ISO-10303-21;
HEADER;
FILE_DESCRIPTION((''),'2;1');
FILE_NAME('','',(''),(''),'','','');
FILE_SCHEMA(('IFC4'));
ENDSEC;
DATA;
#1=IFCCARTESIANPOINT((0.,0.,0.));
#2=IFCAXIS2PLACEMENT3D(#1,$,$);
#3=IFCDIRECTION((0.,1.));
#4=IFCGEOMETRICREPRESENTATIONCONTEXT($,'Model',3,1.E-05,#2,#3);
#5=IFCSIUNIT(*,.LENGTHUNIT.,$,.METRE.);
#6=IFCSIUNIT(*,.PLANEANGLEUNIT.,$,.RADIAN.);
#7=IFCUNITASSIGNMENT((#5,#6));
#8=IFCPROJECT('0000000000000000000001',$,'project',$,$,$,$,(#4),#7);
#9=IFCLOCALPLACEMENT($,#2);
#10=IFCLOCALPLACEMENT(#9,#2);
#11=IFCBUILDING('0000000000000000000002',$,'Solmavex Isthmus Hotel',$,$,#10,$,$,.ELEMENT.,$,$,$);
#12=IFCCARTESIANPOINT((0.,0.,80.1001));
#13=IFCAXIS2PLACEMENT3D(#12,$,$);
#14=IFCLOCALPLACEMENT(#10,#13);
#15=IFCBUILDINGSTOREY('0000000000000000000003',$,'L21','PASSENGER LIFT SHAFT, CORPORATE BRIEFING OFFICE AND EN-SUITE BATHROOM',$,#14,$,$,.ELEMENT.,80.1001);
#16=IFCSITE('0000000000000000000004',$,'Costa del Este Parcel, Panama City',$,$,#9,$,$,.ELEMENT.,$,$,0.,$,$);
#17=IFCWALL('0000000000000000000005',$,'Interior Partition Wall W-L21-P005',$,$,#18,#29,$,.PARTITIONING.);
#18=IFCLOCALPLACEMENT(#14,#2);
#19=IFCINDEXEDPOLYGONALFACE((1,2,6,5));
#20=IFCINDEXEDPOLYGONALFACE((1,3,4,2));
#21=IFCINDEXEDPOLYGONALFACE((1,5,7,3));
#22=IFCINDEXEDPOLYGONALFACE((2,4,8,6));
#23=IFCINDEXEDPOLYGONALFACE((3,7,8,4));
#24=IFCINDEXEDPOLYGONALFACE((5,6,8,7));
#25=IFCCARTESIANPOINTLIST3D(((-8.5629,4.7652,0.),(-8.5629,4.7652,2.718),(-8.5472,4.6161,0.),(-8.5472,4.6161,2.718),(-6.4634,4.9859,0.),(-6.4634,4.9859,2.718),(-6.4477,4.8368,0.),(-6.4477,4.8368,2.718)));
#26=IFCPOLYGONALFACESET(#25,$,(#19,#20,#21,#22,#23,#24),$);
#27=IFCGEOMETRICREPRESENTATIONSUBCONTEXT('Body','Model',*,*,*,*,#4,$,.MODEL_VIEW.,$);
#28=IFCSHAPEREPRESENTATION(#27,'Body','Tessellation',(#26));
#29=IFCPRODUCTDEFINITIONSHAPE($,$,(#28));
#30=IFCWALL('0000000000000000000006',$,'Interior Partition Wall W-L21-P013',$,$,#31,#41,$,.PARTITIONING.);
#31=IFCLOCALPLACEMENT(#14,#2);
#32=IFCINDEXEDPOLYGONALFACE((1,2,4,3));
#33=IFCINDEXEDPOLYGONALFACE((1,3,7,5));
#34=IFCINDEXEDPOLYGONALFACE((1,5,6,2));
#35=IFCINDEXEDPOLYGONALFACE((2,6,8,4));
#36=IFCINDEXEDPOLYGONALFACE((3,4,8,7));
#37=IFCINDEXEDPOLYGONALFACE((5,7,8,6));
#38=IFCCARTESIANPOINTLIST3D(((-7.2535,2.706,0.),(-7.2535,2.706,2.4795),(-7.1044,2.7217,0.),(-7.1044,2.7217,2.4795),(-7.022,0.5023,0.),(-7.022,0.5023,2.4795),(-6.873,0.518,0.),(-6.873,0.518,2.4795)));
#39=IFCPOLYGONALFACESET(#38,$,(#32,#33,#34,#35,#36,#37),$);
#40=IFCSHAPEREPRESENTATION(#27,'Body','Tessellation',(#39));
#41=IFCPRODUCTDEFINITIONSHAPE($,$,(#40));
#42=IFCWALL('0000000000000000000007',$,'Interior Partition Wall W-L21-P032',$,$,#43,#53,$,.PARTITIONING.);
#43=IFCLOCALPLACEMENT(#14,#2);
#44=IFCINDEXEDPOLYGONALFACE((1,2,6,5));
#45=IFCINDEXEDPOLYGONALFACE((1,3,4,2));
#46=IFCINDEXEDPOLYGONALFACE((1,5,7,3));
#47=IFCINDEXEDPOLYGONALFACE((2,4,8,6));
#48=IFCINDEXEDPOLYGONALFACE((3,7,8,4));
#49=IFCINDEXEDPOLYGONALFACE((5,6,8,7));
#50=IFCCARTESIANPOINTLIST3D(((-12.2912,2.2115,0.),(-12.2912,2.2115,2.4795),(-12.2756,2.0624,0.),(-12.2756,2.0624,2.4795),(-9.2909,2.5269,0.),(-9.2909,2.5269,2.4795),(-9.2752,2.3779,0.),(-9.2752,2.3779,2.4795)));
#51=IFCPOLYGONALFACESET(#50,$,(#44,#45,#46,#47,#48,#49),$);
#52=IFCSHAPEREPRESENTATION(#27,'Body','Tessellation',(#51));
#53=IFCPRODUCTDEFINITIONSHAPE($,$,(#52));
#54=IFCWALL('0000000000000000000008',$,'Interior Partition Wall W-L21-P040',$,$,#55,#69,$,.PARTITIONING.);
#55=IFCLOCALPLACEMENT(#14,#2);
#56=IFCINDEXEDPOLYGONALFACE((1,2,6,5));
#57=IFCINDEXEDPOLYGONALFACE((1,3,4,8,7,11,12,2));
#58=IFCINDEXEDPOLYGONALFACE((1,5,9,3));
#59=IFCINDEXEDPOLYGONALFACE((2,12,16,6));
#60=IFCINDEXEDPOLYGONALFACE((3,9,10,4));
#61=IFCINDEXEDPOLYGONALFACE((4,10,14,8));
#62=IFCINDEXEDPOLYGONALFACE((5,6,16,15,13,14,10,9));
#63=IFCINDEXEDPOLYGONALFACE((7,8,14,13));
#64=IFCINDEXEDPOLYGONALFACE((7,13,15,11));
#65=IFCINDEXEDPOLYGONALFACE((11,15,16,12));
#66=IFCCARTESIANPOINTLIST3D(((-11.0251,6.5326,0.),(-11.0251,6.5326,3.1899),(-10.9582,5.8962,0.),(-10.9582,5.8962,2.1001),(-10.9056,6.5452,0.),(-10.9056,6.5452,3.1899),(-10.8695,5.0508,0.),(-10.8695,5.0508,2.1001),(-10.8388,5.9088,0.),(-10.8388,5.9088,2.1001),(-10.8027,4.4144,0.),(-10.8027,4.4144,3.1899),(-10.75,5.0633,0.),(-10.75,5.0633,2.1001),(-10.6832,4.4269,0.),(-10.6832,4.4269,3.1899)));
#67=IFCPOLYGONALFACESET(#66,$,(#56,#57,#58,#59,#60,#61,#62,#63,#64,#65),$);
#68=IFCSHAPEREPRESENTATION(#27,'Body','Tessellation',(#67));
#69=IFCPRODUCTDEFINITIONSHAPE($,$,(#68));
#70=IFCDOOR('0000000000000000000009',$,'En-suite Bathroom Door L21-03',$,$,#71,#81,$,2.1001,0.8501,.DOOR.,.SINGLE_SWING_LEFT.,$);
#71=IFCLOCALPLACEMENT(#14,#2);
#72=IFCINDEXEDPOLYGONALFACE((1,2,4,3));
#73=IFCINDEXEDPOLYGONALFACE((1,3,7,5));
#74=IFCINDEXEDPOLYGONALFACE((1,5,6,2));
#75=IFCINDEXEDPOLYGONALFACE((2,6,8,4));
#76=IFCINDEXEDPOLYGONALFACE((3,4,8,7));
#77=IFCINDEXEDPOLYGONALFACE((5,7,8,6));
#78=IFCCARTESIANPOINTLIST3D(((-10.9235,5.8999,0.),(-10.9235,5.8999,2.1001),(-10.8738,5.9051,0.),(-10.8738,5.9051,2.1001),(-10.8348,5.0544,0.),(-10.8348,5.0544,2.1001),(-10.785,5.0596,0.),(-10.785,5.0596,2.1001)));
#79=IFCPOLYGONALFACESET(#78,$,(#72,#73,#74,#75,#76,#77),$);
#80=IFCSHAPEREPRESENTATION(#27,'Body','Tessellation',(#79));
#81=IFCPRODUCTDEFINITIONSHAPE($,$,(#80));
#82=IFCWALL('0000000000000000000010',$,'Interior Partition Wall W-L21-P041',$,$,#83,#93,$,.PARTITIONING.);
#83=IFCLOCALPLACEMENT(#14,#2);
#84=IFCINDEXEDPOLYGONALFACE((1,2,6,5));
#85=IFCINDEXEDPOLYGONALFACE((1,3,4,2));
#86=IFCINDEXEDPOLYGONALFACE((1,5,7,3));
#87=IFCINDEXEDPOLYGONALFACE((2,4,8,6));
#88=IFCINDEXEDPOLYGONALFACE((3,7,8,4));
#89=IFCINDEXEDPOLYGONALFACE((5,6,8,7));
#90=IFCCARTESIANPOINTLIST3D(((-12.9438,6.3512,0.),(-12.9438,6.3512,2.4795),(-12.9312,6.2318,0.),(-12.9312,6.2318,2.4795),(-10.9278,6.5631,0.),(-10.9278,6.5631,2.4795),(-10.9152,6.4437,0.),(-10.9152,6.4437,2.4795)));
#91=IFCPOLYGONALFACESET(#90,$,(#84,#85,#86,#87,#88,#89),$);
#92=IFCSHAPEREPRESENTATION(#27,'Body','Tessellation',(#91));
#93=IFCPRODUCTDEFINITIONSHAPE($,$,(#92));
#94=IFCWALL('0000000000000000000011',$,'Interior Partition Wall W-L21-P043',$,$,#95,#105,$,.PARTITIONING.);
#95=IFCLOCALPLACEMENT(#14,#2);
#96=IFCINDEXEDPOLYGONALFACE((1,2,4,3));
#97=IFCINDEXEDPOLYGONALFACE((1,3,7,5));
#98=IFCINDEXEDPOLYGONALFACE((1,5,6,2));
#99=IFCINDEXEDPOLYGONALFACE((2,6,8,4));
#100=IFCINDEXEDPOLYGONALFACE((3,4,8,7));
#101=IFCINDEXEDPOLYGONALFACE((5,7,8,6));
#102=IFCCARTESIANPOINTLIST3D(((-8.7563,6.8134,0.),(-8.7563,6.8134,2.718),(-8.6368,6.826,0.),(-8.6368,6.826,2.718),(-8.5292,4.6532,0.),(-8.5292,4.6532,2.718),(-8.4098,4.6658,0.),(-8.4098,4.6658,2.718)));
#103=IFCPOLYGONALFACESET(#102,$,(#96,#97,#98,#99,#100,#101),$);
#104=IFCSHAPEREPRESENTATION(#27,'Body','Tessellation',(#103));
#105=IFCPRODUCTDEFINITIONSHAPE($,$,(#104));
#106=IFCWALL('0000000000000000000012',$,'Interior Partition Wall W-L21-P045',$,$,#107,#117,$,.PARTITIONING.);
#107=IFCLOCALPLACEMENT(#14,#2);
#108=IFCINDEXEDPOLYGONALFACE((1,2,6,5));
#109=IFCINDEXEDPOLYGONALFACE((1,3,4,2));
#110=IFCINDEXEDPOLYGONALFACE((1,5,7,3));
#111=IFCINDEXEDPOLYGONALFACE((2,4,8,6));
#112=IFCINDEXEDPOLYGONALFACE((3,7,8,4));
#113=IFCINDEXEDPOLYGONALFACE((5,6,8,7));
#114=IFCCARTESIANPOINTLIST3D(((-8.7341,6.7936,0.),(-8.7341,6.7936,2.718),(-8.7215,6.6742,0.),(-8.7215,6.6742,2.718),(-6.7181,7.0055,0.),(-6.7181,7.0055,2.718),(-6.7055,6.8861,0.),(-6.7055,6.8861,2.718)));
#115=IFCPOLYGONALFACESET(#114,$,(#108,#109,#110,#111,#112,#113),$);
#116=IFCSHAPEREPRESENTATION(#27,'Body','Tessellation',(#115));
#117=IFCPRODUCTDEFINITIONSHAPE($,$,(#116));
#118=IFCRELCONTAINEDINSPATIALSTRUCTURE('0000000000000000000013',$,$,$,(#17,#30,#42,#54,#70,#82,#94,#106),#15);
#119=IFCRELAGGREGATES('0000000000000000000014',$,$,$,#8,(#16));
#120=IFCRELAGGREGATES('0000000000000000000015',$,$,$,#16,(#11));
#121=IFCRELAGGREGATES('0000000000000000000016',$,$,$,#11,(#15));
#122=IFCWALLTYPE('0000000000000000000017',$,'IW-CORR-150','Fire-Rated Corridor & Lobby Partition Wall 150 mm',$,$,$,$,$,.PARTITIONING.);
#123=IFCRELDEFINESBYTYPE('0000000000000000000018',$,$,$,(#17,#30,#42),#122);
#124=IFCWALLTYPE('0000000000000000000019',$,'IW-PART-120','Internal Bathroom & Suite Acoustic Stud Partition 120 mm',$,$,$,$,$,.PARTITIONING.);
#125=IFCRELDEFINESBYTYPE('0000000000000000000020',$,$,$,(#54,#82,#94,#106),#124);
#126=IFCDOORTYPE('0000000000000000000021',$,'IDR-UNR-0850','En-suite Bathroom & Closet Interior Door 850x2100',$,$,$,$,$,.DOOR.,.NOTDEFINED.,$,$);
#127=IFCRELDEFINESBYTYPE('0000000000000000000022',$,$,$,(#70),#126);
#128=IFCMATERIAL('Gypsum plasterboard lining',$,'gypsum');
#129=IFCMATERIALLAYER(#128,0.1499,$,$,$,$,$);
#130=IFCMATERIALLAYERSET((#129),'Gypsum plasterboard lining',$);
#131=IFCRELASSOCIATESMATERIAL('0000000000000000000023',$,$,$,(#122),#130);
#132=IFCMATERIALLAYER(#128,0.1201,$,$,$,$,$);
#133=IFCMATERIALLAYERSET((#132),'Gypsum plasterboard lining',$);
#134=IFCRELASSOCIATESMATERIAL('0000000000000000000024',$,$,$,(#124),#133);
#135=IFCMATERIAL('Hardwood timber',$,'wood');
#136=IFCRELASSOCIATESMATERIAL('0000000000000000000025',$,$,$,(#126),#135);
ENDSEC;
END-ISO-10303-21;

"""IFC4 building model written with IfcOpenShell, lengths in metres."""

from ifc_helpers import new_model, si_unit, direction, frame, frame_2d, origin, place, context, subcontext, project, spatial, rectangle, extrude, material, layer, layer_set, type_object, element, fill, save


model = new_model("IFC4")

# Units and contexts
model_context = context("Model", 3, precision=1e-05, world=origin(), true_north=direction((0.0, 1.0)))
body_context = subcontext(model_context, "Body", "Model", "MODEL_VIEW")
ifc_project = project(units=[si_unit("LENGTHUNIT", "METRE"), si_unit("PLANEANGLEUNIT", "RADIAN")], contexts=[model_context])

# Site, building, storey
site_placement = place(None, origin())
site = spatial("IfcSite", under=ifc_project, at=site_placement, Name="Costa del Este Parcel, Panama City", CompositionType="ELEMENT", RefElevation=0.0)
building_placement = place(site_placement, origin())
building = spatial("IfcBuilding", under=site, at=building_placement, Name="Solmavex Isthmus Hotel", CompositionType="ELEMENT")
storey_placement = place(building_placement, frame((0.0, 0.0, 80.1001)))
storey = spatial("IfcBuildingStorey", under=building, at=storey_placement, Name="L21", Description="PASSENGER LIFT SHAFT, CORPORATE BRIEFING OFFICE AND EN-SUITE BATHROOM", CompositionType="ELEMENT", Elevation=80.1001)

# Shared definitions
ifc_material_1 = material(Name="Gypsum plasterboard lining", Category="gypsum")
ifc_layer_1 = layer(ifc_material_1, 0.1499)
ifc_layer_set_1 = layer_set([ifc_layer_1], Name="Gypsum plasterboard lining")
wall_type_1 = type_object("IfcWallType", Name="IW-CORR-150", Description="Fire-Rated Corridor & Lobby Partition Wall 150 mm", PredefinedType="PARTITIONING", material=ifc_layer_set_1)
ifc_material_2 = material(Name="Hardwood timber", Category="wood")

# Walls
wall_1_placement = place(storey_placement, frame((-8.5552, 4.6907, 0.0), z_axis=(0.0, 0.0, 1.0), x_axis=(0.994521, 0.10454, 0.0)))
element("IfcWall", 1, at=wall_1_placement, inside=storey, type_object=wall_type_1, Name="Interior Partition Wall W-L21-P005", PredefinedType="PARTITIONING", context=body_context, shape_type="SweptSolid", body=[
    extrude(rectangle(XDim=2.1111, YDim=0.1499, at=frame_2d((1.0557, 0.0))), origin(), (0.0, 0.0, 1.0), 2.718),
])
wall_2_placement = place(storey_placement, frame((-7.179, 2.7139, 0.0), z_axis=(0.0, 0.0, 1.0), x_axis=(0.104455, -0.99453, 0.0)))
element("IfcWall", 2, at=wall_2_placement, inside=storey, type_object=wall_type_1, Name="Interior Partition Wall W-L21-P013", PredefinedType="PARTITIONING", context=body_context, shape_type="SweptSolid", body=[
    extrude(rectangle(XDim=2.2158, YDim=0.1499, at=frame_2d((1.1079, 0.0))), origin(), (0.0, 0.0, 1.0), 2.4795),
])
wall_3_placement = place(storey_placement, frame((-9.2832, 2.4524, 0.0), z_axis=(0.0, 0.0, 1.0), x_axis=(-0.994519, -0.104558, 0.0)))
element("IfcWall", 3, at=wall_3_placement, inside=storey, type_object=wall_type_1, Name="Interior Partition Wall W-L21-P032", PredefinedType="PARTITIONING", context=body_context, shape_type="SweptSolid", body=[
    extrude(rectangle(XDim=3.0168, YDim=0.1499, at=frame_2d((1.5083, 0.0))), origin(), (0.0, 0.0, 1.0), 2.4795),
])

# Wall, opening, door
ifc_layer_2 = layer(ifc_material_1, 0.1201)
ifc_layer_set_2 = layer_set([ifc_layer_2], Name="Gypsum plasterboard lining")
wall_type_2 = type_object("IfcWallType", Name="IW-PART-120", Description="Internal Bathroom & Suite Acoustic Stud Partition 120 mm", PredefinedType="PARTITIONING", material=ifc_layer_set_2)
wall_4_placement = place(storey_placement, frame((-10.7429, 4.4207, 0.0), z_axis=(0.0, 0.0, 1.0), x_axis=(-0.104428, 0.994532, 0.0)))
wall_4 = element("IfcWall", 4, at=wall_4_placement, inside=storey, type_object=wall_type_2, Name="Interior Partition Wall W-L21-P040", PredefinedType="PARTITIONING", context=body_context, shape_type="SweptSolid", body=[
    extrude(rectangle(XDim=2.1299, YDim=0.1201, at=frame_2d((1.0649, 0.0))), origin(), (0.0, 0.0, 1.0), 3.1899),
])
opening_1_placement = place(wall_4_placement, frame((0.6399, 0.0, 0.0)))
opening_1 = element("IfcOpeningElement", 5, at=opening_1_placement, cuts=wall_4, PredefinedType="OPENING", context=body_context, shape_type="SweptSolid", body=[
    extrude(rectangle(XDim=0.8501, YDim=2.1001, at=frame_2d((0.425, 1.05))), frame((0.0, 0.0701, 0.0), z_axis=(0.0, -1.0, 0.0), x_axis=(1.0, 0.0, 0.0)), (0.0, 0.0, 1.0), 0.1401),
])
door_type_1 = type_object("IfcDoorType", Name="IDR-UNR-0850", Description="En-suite Bathroom & Closet Interior Door 850x2100", OperationType="NOTDEFINED", PredefinedType="DOOR", material=ifc_material_2)
door_1_placement = place(opening_1_placement, frame((0.8501, 0.0, 0.0), z_axis=(0.0, 0.0, 1.0), x_axis=(-1.0, 0.0, 0.0)))
door_1 = element("IfcDoor", 6, at=door_1_placement, inside=storey, type_object=door_type_1, Name="En-suite Bathroom Door L21-03", OperationType="SINGLE_SWING_LEFT", OverallHeight=2.1001, OverallWidth=0.8501, PredefinedType="DOOR", context=body_context, shape_type="SweptSolid", body=[
    extrude(rectangle(XDim=0.8501, YDim=2.1001, at=frame_2d((0.425, 1.05))), frame((0.0, 0.0249, 0.0), z_axis=(0.0, -1.0, 0.0), x_axis=(1.0, 0.0, 0.0)), (0.0, 0.0, 1.0), 0.05),
])
fill(opening_1, door_1)

# Walls
wall_5_placement = place(storey_placement, frame((-10.9214, 6.5034, 0.0), z_axis=(0.0, 0.0, 1.0), x_axis=(-0.994521, -0.104534, 0.0)))
element("IfcWall", 7, at=wall_5_placement, inside=storey, type_object=wall_type_2, Name="Interior Partition Wall W-L21-P041", PredefinedType="PARTITIONING", context=body_context, shape_type="SweptSolid", body=[
    extrude(rectangle(XDim=2.0271, YDim=0.1201, at=frame_2d((1.0137, 0.0))), origin(), (0.0, 0.0, 1.0), 2.4795),
])
wall_6_placement = place(storey_placement, frame((-8.6965, 6.8196, 0.0), z_axis=(0.0, 0.0, 1.0), x_axis=(0.104533, -0.994521, 0.0)))
element("IfcWall", 8, at=wall_6_placement, inside=storey, type_object=wall_type_2, Name="Interior Partition Wall W-L21-P043", PredefinedType="PARTITIONING", context=body_context, shape_type="SweptSolid", body=[
    extrude(rectangle(XDim=2.1721, YDim=0.1201, at=frame_2d((1.0859, 0.0))), origin(), (0.0, 0.0, 1.0), 2.718),
])
wall_7_placement = place(storey_placement, frame((-6.7117, 6.9458, 0.0), z_axis=(0.0, 0.0, 1.0), x_axis=(-0.994521, -0.104534, 0.0)))
element("IfcWall", 9, at=wall_7_placement, inside=storey, type_object=wall_type_2, Name="Interior Partition Wall W-L21-P045", PredefinedType="PARTITIONING", context=body_context, shape_type="SweptSolid", body=[
    extrude(rectangle(XDim=2.0271, YDim=0.1201, at=frame_2d((1.0137, 0.0))), origin(), (0.0, 0.0, 1.0), 2.718),
])

save(model, "model.ifc")
